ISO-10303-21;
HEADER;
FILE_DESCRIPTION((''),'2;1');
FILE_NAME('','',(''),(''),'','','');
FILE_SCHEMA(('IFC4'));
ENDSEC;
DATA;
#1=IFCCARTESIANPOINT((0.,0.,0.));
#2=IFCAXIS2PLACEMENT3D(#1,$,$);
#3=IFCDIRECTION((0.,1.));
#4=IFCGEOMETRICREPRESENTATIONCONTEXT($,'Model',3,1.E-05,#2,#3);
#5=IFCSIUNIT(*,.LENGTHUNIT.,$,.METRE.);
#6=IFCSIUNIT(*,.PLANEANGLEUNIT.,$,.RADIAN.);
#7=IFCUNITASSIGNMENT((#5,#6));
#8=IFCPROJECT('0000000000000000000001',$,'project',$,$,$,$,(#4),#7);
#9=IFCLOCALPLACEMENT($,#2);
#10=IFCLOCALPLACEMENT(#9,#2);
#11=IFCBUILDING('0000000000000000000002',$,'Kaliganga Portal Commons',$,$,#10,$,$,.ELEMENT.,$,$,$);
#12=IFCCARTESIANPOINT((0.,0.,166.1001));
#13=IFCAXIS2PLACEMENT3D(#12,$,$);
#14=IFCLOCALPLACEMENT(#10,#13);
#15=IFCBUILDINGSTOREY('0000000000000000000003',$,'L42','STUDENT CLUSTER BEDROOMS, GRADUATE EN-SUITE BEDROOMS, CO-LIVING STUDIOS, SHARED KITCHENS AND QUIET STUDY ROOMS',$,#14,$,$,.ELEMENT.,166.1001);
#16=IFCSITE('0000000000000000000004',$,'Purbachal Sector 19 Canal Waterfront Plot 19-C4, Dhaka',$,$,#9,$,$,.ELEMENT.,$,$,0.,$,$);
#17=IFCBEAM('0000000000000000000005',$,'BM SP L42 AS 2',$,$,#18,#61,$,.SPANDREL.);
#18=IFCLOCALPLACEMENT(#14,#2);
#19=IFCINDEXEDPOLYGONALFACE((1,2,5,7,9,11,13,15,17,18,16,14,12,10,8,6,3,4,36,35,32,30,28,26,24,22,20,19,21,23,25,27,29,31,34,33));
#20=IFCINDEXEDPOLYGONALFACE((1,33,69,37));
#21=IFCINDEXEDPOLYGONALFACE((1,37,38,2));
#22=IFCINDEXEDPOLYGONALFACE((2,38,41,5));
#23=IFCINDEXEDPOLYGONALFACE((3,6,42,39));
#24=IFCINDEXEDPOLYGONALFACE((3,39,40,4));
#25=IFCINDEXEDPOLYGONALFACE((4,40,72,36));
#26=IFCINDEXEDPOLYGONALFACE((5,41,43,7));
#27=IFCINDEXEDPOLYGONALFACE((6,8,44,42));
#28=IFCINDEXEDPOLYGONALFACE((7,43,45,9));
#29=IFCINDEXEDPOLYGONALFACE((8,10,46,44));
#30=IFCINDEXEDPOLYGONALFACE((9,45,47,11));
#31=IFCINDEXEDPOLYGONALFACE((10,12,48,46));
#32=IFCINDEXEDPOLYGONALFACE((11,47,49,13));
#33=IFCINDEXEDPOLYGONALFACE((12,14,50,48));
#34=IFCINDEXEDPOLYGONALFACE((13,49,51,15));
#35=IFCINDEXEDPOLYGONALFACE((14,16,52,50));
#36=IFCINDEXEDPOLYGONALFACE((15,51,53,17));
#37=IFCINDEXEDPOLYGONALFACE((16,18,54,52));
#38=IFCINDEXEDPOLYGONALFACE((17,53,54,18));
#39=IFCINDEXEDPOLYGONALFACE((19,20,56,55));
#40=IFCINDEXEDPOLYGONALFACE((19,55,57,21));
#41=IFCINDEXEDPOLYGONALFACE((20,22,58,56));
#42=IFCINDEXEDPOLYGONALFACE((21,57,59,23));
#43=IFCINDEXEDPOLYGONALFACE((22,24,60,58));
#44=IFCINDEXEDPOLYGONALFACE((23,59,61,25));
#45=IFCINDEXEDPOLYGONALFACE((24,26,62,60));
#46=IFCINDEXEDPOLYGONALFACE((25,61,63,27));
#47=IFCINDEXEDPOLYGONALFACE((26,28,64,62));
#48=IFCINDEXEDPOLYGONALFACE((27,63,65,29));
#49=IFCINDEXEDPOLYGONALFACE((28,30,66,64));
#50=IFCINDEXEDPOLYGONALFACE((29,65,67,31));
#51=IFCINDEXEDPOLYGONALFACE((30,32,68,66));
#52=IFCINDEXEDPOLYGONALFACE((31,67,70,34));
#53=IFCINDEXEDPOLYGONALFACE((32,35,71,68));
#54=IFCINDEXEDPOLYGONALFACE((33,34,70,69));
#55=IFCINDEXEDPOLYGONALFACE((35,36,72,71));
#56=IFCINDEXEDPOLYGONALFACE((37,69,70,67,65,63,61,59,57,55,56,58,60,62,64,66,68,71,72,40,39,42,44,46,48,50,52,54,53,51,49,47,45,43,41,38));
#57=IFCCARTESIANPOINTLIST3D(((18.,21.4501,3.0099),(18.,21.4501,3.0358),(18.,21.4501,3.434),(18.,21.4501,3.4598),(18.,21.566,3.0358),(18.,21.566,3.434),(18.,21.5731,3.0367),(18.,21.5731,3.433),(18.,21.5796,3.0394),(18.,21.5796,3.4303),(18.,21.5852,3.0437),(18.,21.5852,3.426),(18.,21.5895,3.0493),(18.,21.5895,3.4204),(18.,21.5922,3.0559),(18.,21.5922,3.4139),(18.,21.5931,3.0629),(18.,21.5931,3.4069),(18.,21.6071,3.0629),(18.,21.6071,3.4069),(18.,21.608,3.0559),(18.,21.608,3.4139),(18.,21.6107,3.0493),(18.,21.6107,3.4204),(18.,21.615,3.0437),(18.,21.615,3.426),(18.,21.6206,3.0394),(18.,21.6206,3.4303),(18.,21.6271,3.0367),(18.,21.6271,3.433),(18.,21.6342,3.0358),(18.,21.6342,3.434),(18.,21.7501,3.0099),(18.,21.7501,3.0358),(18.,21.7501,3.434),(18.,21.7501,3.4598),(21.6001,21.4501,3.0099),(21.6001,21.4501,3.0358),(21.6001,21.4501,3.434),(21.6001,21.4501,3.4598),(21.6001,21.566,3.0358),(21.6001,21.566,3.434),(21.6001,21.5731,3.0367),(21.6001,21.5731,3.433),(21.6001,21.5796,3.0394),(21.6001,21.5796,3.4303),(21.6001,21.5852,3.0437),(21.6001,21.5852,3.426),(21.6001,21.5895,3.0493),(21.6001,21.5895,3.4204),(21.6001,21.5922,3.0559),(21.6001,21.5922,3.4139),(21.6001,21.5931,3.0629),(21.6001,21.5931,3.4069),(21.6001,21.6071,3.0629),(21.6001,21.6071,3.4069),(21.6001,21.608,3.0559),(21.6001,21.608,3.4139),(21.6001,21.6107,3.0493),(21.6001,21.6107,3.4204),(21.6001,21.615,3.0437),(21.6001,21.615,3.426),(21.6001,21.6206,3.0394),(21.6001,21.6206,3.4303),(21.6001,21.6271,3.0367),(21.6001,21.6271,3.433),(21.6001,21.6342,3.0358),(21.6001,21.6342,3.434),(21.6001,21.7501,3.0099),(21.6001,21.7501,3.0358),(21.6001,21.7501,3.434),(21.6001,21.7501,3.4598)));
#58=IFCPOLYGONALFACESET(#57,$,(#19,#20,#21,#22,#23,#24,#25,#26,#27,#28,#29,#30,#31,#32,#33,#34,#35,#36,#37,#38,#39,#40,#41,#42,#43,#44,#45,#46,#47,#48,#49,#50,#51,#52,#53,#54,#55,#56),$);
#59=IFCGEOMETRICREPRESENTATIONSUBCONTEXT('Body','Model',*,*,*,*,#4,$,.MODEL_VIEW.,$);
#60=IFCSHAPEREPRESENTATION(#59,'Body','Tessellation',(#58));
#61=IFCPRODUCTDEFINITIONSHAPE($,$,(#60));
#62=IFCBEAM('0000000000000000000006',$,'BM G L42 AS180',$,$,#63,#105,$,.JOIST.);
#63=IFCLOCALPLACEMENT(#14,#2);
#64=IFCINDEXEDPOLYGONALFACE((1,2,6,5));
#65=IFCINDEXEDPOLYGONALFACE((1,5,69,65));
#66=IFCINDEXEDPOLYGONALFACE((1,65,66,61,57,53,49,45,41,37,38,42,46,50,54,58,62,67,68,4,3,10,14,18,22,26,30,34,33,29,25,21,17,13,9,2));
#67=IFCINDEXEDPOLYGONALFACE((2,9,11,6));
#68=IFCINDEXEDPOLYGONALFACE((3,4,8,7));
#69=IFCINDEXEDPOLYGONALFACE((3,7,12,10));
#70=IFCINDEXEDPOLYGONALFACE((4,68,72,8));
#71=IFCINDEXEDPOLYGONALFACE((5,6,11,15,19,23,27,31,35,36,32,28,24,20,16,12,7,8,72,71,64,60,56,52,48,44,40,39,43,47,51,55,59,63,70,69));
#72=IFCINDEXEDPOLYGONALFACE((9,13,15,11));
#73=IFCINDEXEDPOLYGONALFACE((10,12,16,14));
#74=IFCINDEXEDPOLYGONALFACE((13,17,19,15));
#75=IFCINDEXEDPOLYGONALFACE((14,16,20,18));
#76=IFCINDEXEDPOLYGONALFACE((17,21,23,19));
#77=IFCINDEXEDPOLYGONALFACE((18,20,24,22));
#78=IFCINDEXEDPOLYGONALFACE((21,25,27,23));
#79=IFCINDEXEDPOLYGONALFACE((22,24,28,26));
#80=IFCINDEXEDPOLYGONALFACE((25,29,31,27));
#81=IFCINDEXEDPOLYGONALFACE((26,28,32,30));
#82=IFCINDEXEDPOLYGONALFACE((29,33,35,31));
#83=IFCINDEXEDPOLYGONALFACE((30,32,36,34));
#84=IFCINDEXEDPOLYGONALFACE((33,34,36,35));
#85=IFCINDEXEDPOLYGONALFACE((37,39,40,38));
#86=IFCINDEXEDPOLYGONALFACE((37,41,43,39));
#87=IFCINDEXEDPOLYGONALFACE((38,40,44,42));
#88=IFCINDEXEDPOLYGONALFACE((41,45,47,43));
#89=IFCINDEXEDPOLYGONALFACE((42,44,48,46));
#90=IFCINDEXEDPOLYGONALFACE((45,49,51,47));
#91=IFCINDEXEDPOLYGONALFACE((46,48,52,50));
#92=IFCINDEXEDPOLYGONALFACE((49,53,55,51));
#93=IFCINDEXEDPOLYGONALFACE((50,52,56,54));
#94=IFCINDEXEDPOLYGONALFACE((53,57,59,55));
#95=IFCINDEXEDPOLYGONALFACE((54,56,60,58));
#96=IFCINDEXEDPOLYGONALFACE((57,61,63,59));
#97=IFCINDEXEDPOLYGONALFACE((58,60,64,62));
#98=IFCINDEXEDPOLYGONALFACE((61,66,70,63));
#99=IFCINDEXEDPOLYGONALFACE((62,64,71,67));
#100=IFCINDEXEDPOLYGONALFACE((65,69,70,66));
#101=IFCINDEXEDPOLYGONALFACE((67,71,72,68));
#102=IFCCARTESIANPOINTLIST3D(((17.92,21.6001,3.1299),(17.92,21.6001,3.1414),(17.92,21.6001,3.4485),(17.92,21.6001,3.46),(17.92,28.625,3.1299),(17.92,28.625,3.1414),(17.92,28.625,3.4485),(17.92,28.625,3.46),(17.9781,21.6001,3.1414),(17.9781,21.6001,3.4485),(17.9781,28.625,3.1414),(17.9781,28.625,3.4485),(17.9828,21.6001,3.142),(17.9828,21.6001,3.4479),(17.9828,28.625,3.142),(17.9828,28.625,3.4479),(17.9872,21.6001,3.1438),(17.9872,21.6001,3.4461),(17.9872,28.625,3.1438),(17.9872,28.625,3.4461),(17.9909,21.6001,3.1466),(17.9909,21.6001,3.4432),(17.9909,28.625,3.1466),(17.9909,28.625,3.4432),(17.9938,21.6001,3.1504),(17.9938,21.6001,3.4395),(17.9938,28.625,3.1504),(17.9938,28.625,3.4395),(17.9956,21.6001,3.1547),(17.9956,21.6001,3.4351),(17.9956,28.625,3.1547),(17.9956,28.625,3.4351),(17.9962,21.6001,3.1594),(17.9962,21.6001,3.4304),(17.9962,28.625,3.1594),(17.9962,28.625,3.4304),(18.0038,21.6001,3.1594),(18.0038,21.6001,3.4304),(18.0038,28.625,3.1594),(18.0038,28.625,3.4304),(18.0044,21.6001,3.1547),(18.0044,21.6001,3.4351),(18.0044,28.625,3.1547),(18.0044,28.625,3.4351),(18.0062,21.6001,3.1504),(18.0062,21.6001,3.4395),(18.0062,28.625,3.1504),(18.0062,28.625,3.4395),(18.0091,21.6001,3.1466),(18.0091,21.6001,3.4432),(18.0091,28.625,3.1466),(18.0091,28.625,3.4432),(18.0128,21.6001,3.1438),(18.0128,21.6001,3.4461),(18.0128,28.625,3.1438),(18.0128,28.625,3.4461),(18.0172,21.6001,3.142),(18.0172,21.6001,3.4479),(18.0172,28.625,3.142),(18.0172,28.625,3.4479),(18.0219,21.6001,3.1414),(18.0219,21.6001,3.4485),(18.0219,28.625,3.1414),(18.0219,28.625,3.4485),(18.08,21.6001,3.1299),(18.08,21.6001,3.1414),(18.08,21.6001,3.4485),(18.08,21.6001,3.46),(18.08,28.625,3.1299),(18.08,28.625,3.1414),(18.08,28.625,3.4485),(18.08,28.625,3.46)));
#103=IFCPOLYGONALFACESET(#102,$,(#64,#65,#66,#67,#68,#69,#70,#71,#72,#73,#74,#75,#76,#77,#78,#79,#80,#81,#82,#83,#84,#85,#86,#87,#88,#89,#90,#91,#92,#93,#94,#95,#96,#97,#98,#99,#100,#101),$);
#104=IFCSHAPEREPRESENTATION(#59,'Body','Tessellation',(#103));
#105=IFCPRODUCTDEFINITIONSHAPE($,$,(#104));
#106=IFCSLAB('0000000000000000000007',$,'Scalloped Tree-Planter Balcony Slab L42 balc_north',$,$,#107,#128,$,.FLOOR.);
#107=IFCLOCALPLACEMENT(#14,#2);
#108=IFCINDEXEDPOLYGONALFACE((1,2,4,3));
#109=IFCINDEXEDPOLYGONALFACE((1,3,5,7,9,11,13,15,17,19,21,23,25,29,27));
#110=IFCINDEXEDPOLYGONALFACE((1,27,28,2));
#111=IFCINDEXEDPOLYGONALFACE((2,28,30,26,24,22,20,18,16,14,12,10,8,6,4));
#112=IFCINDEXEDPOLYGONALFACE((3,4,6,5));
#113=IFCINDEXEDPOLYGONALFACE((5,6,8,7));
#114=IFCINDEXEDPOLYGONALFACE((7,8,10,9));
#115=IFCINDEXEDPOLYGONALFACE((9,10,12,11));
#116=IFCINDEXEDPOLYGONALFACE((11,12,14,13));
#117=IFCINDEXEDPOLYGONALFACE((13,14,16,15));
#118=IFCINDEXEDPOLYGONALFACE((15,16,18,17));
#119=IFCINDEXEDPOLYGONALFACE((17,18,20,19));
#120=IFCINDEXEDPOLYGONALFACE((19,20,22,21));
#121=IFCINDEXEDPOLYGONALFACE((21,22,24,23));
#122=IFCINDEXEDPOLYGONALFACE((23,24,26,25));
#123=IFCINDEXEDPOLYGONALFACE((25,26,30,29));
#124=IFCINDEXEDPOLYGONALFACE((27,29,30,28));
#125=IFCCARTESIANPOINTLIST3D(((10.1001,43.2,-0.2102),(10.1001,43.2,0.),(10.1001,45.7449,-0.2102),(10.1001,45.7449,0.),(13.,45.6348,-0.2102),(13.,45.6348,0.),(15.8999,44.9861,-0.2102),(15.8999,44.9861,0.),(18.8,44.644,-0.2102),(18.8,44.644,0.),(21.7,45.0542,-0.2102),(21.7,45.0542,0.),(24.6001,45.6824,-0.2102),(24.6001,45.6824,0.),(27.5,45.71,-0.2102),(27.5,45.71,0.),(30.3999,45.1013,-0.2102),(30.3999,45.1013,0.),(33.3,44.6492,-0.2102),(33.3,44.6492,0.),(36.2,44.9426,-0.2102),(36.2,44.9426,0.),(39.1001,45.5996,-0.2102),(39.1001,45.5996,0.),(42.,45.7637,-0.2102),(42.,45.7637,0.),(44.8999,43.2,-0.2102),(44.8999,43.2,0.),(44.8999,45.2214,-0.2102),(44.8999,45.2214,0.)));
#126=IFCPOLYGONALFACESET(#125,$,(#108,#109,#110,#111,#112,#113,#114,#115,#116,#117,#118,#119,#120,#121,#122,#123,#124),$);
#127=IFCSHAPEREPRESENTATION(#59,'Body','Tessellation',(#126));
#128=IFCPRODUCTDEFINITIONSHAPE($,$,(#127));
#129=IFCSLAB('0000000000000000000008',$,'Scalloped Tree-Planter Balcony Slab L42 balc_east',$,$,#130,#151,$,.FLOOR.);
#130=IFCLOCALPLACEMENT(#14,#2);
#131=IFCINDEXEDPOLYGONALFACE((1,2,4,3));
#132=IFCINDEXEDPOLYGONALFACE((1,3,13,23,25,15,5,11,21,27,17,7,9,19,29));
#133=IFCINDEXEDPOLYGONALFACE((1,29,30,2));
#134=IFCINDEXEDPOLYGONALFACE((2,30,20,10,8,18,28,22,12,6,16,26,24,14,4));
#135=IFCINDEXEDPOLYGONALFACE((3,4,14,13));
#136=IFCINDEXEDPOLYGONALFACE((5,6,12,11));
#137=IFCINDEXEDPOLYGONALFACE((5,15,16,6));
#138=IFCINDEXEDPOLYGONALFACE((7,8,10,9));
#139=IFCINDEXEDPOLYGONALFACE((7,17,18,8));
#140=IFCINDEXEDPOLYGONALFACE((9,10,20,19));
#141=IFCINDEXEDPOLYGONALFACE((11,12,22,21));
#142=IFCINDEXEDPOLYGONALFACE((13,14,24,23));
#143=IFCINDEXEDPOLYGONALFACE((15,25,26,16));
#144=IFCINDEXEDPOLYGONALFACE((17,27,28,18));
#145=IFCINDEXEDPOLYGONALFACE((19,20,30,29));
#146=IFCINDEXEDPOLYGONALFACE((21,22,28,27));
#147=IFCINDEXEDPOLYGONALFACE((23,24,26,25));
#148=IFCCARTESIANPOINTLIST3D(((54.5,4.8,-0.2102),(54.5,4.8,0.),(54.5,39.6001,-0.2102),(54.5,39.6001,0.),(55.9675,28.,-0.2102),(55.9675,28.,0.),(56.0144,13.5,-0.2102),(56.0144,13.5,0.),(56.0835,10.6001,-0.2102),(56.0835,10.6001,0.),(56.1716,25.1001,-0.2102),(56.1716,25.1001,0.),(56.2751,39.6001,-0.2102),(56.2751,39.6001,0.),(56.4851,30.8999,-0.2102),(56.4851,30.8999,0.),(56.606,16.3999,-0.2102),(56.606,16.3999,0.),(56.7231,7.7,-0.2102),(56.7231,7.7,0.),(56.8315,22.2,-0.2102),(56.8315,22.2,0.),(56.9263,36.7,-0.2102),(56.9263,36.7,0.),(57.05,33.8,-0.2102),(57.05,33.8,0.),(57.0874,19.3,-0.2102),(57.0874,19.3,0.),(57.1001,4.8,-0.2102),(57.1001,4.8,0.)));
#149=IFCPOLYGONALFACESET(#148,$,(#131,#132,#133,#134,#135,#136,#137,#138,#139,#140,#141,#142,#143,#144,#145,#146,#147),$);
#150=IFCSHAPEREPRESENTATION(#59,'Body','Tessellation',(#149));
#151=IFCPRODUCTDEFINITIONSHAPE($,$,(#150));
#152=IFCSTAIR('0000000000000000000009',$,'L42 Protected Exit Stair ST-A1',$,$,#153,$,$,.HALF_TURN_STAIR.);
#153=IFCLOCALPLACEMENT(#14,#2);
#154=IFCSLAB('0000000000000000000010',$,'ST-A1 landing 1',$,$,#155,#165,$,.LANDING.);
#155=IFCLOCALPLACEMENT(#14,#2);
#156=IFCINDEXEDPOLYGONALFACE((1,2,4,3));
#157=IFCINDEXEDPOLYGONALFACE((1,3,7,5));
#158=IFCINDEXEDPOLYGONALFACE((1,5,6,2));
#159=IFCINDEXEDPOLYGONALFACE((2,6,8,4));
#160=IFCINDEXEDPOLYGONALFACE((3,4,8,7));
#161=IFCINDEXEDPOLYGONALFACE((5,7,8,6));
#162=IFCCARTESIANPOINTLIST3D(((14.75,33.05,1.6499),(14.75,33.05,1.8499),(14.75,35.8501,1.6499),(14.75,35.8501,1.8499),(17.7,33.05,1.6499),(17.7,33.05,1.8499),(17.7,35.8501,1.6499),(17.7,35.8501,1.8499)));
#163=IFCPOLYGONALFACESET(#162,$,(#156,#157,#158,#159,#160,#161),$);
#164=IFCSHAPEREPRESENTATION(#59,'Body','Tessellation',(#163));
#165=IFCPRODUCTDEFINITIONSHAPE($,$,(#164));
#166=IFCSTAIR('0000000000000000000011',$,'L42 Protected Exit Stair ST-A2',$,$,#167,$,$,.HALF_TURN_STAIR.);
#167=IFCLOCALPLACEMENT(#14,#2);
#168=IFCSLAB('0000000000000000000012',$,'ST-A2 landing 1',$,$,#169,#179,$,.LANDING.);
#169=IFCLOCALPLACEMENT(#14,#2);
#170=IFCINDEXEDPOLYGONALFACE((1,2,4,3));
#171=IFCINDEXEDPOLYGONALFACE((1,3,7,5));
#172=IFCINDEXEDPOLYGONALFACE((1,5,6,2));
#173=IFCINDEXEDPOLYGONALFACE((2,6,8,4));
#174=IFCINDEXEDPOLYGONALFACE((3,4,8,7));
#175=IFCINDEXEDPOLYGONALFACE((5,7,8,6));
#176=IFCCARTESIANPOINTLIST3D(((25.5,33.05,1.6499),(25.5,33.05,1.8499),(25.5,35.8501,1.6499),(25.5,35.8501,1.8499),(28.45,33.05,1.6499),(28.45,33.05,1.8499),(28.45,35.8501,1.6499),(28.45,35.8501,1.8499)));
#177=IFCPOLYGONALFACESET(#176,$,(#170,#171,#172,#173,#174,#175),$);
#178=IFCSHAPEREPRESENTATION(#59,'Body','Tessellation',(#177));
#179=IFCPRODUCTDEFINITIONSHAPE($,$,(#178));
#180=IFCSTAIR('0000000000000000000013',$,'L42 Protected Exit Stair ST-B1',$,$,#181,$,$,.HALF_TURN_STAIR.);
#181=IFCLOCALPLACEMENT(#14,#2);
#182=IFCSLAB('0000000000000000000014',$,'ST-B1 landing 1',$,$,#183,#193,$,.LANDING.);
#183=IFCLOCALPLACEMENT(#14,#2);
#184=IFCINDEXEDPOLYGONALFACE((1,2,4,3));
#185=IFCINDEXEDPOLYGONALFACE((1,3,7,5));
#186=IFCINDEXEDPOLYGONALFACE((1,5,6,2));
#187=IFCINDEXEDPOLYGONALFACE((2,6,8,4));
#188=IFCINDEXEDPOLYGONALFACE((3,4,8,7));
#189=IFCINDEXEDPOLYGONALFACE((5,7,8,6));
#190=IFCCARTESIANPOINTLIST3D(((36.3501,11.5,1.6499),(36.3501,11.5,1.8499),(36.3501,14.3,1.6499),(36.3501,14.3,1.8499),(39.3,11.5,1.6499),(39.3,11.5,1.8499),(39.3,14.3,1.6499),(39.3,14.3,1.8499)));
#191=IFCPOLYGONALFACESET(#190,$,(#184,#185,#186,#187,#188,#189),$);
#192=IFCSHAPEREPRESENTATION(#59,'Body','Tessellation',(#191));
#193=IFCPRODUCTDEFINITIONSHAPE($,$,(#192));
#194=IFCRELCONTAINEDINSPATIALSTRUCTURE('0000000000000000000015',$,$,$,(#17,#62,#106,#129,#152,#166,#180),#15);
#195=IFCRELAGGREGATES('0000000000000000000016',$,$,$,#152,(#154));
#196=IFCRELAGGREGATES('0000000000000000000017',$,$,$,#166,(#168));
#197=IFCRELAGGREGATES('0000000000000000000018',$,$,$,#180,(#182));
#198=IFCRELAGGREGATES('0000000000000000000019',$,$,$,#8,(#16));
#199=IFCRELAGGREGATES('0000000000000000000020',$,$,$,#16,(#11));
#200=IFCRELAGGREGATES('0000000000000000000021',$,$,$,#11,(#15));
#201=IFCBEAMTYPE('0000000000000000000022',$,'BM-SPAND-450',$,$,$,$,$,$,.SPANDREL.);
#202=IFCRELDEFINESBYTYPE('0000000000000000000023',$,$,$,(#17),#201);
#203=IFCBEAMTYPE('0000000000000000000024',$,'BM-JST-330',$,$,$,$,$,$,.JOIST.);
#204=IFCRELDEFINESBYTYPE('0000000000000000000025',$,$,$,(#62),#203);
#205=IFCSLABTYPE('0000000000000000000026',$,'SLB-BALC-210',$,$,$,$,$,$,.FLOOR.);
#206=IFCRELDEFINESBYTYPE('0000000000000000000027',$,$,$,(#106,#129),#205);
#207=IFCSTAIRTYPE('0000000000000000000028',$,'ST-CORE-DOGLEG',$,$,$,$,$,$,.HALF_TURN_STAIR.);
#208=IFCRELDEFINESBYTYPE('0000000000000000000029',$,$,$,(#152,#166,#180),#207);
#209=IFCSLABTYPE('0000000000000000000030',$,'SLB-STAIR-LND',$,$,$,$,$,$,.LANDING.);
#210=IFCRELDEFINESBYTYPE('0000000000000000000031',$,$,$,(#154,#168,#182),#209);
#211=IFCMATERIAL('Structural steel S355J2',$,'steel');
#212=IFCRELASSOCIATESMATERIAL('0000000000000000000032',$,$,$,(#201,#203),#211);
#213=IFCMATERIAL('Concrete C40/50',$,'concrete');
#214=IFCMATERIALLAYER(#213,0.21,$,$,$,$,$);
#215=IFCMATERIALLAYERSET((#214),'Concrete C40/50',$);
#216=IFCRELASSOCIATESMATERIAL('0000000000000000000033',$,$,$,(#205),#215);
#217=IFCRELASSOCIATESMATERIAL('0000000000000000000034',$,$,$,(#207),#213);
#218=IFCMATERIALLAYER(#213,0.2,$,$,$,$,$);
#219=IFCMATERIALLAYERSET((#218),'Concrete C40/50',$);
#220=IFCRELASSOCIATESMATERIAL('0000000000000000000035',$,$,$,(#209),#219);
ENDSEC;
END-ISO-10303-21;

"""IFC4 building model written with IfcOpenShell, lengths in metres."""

from ifc_helpers import new_model, si_unit, direction, frame, origin, origin_2d, place, context, subcontext, project, spatial, polyline, i_section, outline, extrude, source, transform, mapped, material, layer, layer_set, material_profile, profile_set, type_object, element, aggregate, save


model = new_model("IFC4")

# Units and contexts
model_context = context("Model", 3, precision=1e-05, world=origin(), true_north=direction((0.0, 1.0)))
body_context = subcontext(model_context, "Body", "Model", "MODEL_VIEW")
ifc_project = project(units=[si_unit("LENGTHUNIT", "METRE"), si_unit("PLANEANGLEUNIT", "RADIAN")], contexts=[model_context])

# Site, building, storey
site_placement = place(None, origin())
site = spatial("IfcSite", under=ifc_project, at=site_placement, Name="Purbachal Sector 19 Canal Waterfront Plot 19-C4, Dhaka", CompositionType="ELEMENT", RefElevation=0.0)
building_placement = place(site_placement, origin())
building = spatial("IfcBuilding", under=site, at=building_placement, Name="Kaliganga Portal Commons", CompositionType="ELEMENT")
storey_placement = place(building_placement, frame((0.0, 0.0, 166.1001)))
storey = spatial("IfcBuildingStorey", under=building, at=storey_placement, Name="L42", Description="STUDENT CLUSTER BEDROOMS, GRADUATE EN-SUITE BEDROOMS, CO-LIVING STUDIOS, SHARED KITCHENS AND QUIET STUDY ROOMS", CompositionType="ELEMENT", Elevation=166.1001)

# Beams
ifc_material_1 = material(Name="Structural steel S355J2", Category="steel")
ifc_material_profile_1 = material_profile(ifc_material_1, i_section(OverallWidth=0.3, OverallDepth=0.45, WebThickness=0.0139, FlangeThickness=0.0259, FilletRadius=0.0271, at=origin_2d()), Name="HE 450 B")
ifc_profile_set_1 = profile_set([ifc_material_profile_1], Name="Structural steel S355J2 wide-flange")
beam_type_1 = type_object("IfcBeamType", Name="BM-SPAND-450", PredefinedType="SPANDREL", material=ifc_profile_set_1)
shared_shape_1 = source(origin(), body_context, "Body", "SweptSolid", [
    extrude(i_section(OverallWidth=0.3, OverallDepth=0.45, WebThickness=0.0139, FlangeThickness=0.0259, FilletRadius=0.0271, at=origin_2d()), origin(), (0.0, 0.0, 1.0), 3.6001),
])
for number, where, z_axis, x_axis, name in (
    (1, (18.0, 21.6001, 3.2349), (1.0, 0.0, 0.0), (0.0, 1.0, 0.0), "BM SP L42 AS 2"),
):
    element("IfcBeam", number, at=place(storey_placement, frame(where, z_axis=z_axis, x_axis=x_axis)), inside=storey, type_object=beam_type_1, Name=name, PredefinedType="SPANDREL", context=body_context, shape_type="MappedRepresentation", body=[
        mapped(shared_shape_1, transform((0.0, 0.0, 0.0), x_axis=(1.0, 0.0, 0.0), y_axis=(0.0, 1.0, 0.0), z_axis=(0.0, 0.0, 1.0), scale=1.0)),
    ])
ifc_material_profile_2 = material_profile(ifc_material_1, i_section(OverallWidth=0.1599, OverallDepth=0.3301, WebThickness=0.0076, FlangeThickness=0.0115, FilletRadius=0.0181, at=origin_2d()), Name="IPE 330")
ifc_profile_set_2 = profile_set([ifc_material_profile_2], Name="Structural steel S355J2 wide-flange")
beam_type_2 = type_object("IfcBeamType", Name="BM-JST-330", PredefinedType="JOIST", material=ifc_profile_set_2)
shared_shape_2 = source(origin(), body_context, "Body", "SweptSolid", [
    extrude(i_section(OverallWidth=0.1599, OverallDepth=0.3301, WebThickness=0.0076, FlangeThickness=0.0115, FilletRadius=0.0181, at=origin_2d()), origin(), (0.0, 0.0, 1.0), 7.0249),
])
beam_1_placement = place(storey_placement, frame((18.0, 21.6001, 3.2949), z_axis=(0.0, 1.0, 0.0), x_axis=(-1.0, 0.0, 0.0)))
element("IfcBeam", 2, at=beam_1_placement, inside=storey, type_object=beam_type_2, Name="BM G L42 AS180", PredefinedType="JOIST", context=body_context, shape_type="MappedRepresentation", body=[
    mapped(shared_shape_2, transform((0.0, 0.0, 0.0), x_axis=(1.0, 0.0, 0.0), y_axis=(0.0, 1.0, 0.0), z_axis=(0.0, 0.0, 1.0), scale=1.0)),
])

# Slabs
ifc_material_2 = material(Name="Concrete C40/50", Category="concrete")
ifc_layer_1 = layer(ifc_material_2, 0.21)
ifc_layer_set_1 = layer_set([ifc_layer_1], Name="Concrete C40/50")
slab_type_1 = type_object("IfcSlabType", Name="SLB-BALC-210", PredefinedType="FLOOR", material=ifc_layer_set_1)
slab_1_placement = place(storey_placement, frame((0.0, 0.0, -0.2102)))
element("IfcSlab", 3, at=slab_1_placement, inside=storey, type_object=slab_type_1, Name="Scalloped Tree-Planter Balcony Slab L42 balc_north", PredefinedType="FLOOR", context=body_context, shape_type="SweptSolid", body=[
    extrude(outline(polyline([(44.8999, 43.2), (44.8999, 45.2214), (42.0, 45.7637), (39.1001, 45.5996), (36.2, 44.9426), (33.3, 44.6492), (30.3999, 45.1013), (27.5, 45.71), (24.6001, 45.6824), (21.7, 45.0542), (18.8, 44.644), (15.8999, 44.9861), (13.0, 45.6348), (10.1001, 45.7449), (10.1001, 43.2), (44.8999, 43.2)])), origin(), (0.0, 0.0, 1.0), 0.2102),
])
slab_2_placement = place(storey_placement, frame((0.0, 0.0, -0.2102)))
element("IfcSlab", 4, at=slab_2_placement, inside=storey, type_object=slab_type_1, Name="Scalloped Tree-Planter Balcony Slab L42 balc_east", PredefinedType="FLOOR", context=body_context, shape_type="SweptSolid", body=[
    extrude(outline(polyline([(54.5, 4.8), (57.1001, 4.8), (56.7231, 7.7), (56.0835, 10.6001), (56.0144, 13.5), (56.606, 16.3999), (57.0874, 19.3), (56.8315, 22.2), (56.1716, 25.1001), (55.9675, 28.0), (56.4851, 30.8999), (57.05, 33.8), (56.9263, 36.7), (56.2751, 39.6001), (54.5, 39.6001), (54.5, 4.8)])), origin(), (0.0, 0.0, 1.0), 0.2102),
])

# Stairs, slabs
stair_type = type_object("IfcStairType", Name="ST-CORE-DOGLEG", PredefinedType="HALF_TURN_STAIR", material=ifc_material_2)
stair_1_placement = place(storey_placement, origin())
stair_1 = element("IfcStair", 5, at=stair_1_placement, inside=storey, type_object=stair_type, Name="L42 Protected Exit Stair ST-A1", PredefinedType="HALF_TURN_STAIR")
ifc_layer_2 = layer(ifc_material_2, 0.2)
ifc_layer_set_2 = layer_set([ifc_layer_2], Name="Concrete C40/50")
slab_type_2 = type_object("IfcSlabType", Name="SLB-STAIR-LND", PredefinedType="LANDING", material=ifc_layer_set_2)
slab_3_placement = place(storey_placement, frame((0.0, 0.0, 1.6499)))
slab_3 = element("IfcSlab", 6, at=slab_3_placement, type_object=slab_type_2, Name="ST-A1 landing 1", PredefinedType="LANDING", context=body_context, shape_type="SweptSolid", body=[
    extrude(outline(polyline([(17.7, 33.05), (17.7, 35.8501), (14.75, 35.8501), (14.75, 33.05), (17.7, 33.05)])), origin(), (0.0, 0.0, 1.0), 0.2),
])
aggregate(stair_1, [slab_3])
stair_2_placement = place(storey_placement, origin())
stair_2 = element("IfcStair", 7, at=stair_2_placement, inside=storey, type_object=stair_type, Name="L42 Protected Exit Stair ST-A2", PredefinedType="HALF_TURN_STAIR")
slab_4_placement = place(storey_placement, frame((0.0, 0.0, 1.6499)))
slab_4 = element("IfcSlab", 8, at=slab_4_placement, type_object=slab_type_2, Name="ST-A2 landing 1", PredefinedType="LANDING", context=body_context, shape_type="SweptSolid", body=[
    extrude(outline(polyline([(28.45, 33.05), (28.45, 35.8501), (25.5, 35.8501), (25.5, 33.05), (28.45, 33.05)])), origin(), (0.0, 0.0, 1.0), 0.2),
])
aggregate(stair_2, [slab_4])
stair_3_placement = place(storey_placement, origin())
stair_3 = element("IfcStair", 9, at=stair_3_placement, inside=storey, type_object=stair_type, Name="L42 Protected Exit Stair ST-B1", PredefinedType="HALF_TURN_STAIR")
slab_5_placement = place(storey_placement, frame((0.0, 0.0, 1.6499)))
slab_5 = element("IfcSlab", 10, at=slab_5_placement, type_object=slab_type_2, Name="ST-B1 landing 1", PredefinedType="LANDING", context=body_context, shape_type="SweptSolid", body=[
    extrude(outline(polyline([(39.3, 11.5), (39.3, 14.3), (36.3501, 14.3), (36.3501, 11.5), (39.3, 11.5)])), origin(), (0.0, 0.0, 1.0), 0.2),
])
aggregate(stair_3, [slab_5])

save(model, "model.ifc")
